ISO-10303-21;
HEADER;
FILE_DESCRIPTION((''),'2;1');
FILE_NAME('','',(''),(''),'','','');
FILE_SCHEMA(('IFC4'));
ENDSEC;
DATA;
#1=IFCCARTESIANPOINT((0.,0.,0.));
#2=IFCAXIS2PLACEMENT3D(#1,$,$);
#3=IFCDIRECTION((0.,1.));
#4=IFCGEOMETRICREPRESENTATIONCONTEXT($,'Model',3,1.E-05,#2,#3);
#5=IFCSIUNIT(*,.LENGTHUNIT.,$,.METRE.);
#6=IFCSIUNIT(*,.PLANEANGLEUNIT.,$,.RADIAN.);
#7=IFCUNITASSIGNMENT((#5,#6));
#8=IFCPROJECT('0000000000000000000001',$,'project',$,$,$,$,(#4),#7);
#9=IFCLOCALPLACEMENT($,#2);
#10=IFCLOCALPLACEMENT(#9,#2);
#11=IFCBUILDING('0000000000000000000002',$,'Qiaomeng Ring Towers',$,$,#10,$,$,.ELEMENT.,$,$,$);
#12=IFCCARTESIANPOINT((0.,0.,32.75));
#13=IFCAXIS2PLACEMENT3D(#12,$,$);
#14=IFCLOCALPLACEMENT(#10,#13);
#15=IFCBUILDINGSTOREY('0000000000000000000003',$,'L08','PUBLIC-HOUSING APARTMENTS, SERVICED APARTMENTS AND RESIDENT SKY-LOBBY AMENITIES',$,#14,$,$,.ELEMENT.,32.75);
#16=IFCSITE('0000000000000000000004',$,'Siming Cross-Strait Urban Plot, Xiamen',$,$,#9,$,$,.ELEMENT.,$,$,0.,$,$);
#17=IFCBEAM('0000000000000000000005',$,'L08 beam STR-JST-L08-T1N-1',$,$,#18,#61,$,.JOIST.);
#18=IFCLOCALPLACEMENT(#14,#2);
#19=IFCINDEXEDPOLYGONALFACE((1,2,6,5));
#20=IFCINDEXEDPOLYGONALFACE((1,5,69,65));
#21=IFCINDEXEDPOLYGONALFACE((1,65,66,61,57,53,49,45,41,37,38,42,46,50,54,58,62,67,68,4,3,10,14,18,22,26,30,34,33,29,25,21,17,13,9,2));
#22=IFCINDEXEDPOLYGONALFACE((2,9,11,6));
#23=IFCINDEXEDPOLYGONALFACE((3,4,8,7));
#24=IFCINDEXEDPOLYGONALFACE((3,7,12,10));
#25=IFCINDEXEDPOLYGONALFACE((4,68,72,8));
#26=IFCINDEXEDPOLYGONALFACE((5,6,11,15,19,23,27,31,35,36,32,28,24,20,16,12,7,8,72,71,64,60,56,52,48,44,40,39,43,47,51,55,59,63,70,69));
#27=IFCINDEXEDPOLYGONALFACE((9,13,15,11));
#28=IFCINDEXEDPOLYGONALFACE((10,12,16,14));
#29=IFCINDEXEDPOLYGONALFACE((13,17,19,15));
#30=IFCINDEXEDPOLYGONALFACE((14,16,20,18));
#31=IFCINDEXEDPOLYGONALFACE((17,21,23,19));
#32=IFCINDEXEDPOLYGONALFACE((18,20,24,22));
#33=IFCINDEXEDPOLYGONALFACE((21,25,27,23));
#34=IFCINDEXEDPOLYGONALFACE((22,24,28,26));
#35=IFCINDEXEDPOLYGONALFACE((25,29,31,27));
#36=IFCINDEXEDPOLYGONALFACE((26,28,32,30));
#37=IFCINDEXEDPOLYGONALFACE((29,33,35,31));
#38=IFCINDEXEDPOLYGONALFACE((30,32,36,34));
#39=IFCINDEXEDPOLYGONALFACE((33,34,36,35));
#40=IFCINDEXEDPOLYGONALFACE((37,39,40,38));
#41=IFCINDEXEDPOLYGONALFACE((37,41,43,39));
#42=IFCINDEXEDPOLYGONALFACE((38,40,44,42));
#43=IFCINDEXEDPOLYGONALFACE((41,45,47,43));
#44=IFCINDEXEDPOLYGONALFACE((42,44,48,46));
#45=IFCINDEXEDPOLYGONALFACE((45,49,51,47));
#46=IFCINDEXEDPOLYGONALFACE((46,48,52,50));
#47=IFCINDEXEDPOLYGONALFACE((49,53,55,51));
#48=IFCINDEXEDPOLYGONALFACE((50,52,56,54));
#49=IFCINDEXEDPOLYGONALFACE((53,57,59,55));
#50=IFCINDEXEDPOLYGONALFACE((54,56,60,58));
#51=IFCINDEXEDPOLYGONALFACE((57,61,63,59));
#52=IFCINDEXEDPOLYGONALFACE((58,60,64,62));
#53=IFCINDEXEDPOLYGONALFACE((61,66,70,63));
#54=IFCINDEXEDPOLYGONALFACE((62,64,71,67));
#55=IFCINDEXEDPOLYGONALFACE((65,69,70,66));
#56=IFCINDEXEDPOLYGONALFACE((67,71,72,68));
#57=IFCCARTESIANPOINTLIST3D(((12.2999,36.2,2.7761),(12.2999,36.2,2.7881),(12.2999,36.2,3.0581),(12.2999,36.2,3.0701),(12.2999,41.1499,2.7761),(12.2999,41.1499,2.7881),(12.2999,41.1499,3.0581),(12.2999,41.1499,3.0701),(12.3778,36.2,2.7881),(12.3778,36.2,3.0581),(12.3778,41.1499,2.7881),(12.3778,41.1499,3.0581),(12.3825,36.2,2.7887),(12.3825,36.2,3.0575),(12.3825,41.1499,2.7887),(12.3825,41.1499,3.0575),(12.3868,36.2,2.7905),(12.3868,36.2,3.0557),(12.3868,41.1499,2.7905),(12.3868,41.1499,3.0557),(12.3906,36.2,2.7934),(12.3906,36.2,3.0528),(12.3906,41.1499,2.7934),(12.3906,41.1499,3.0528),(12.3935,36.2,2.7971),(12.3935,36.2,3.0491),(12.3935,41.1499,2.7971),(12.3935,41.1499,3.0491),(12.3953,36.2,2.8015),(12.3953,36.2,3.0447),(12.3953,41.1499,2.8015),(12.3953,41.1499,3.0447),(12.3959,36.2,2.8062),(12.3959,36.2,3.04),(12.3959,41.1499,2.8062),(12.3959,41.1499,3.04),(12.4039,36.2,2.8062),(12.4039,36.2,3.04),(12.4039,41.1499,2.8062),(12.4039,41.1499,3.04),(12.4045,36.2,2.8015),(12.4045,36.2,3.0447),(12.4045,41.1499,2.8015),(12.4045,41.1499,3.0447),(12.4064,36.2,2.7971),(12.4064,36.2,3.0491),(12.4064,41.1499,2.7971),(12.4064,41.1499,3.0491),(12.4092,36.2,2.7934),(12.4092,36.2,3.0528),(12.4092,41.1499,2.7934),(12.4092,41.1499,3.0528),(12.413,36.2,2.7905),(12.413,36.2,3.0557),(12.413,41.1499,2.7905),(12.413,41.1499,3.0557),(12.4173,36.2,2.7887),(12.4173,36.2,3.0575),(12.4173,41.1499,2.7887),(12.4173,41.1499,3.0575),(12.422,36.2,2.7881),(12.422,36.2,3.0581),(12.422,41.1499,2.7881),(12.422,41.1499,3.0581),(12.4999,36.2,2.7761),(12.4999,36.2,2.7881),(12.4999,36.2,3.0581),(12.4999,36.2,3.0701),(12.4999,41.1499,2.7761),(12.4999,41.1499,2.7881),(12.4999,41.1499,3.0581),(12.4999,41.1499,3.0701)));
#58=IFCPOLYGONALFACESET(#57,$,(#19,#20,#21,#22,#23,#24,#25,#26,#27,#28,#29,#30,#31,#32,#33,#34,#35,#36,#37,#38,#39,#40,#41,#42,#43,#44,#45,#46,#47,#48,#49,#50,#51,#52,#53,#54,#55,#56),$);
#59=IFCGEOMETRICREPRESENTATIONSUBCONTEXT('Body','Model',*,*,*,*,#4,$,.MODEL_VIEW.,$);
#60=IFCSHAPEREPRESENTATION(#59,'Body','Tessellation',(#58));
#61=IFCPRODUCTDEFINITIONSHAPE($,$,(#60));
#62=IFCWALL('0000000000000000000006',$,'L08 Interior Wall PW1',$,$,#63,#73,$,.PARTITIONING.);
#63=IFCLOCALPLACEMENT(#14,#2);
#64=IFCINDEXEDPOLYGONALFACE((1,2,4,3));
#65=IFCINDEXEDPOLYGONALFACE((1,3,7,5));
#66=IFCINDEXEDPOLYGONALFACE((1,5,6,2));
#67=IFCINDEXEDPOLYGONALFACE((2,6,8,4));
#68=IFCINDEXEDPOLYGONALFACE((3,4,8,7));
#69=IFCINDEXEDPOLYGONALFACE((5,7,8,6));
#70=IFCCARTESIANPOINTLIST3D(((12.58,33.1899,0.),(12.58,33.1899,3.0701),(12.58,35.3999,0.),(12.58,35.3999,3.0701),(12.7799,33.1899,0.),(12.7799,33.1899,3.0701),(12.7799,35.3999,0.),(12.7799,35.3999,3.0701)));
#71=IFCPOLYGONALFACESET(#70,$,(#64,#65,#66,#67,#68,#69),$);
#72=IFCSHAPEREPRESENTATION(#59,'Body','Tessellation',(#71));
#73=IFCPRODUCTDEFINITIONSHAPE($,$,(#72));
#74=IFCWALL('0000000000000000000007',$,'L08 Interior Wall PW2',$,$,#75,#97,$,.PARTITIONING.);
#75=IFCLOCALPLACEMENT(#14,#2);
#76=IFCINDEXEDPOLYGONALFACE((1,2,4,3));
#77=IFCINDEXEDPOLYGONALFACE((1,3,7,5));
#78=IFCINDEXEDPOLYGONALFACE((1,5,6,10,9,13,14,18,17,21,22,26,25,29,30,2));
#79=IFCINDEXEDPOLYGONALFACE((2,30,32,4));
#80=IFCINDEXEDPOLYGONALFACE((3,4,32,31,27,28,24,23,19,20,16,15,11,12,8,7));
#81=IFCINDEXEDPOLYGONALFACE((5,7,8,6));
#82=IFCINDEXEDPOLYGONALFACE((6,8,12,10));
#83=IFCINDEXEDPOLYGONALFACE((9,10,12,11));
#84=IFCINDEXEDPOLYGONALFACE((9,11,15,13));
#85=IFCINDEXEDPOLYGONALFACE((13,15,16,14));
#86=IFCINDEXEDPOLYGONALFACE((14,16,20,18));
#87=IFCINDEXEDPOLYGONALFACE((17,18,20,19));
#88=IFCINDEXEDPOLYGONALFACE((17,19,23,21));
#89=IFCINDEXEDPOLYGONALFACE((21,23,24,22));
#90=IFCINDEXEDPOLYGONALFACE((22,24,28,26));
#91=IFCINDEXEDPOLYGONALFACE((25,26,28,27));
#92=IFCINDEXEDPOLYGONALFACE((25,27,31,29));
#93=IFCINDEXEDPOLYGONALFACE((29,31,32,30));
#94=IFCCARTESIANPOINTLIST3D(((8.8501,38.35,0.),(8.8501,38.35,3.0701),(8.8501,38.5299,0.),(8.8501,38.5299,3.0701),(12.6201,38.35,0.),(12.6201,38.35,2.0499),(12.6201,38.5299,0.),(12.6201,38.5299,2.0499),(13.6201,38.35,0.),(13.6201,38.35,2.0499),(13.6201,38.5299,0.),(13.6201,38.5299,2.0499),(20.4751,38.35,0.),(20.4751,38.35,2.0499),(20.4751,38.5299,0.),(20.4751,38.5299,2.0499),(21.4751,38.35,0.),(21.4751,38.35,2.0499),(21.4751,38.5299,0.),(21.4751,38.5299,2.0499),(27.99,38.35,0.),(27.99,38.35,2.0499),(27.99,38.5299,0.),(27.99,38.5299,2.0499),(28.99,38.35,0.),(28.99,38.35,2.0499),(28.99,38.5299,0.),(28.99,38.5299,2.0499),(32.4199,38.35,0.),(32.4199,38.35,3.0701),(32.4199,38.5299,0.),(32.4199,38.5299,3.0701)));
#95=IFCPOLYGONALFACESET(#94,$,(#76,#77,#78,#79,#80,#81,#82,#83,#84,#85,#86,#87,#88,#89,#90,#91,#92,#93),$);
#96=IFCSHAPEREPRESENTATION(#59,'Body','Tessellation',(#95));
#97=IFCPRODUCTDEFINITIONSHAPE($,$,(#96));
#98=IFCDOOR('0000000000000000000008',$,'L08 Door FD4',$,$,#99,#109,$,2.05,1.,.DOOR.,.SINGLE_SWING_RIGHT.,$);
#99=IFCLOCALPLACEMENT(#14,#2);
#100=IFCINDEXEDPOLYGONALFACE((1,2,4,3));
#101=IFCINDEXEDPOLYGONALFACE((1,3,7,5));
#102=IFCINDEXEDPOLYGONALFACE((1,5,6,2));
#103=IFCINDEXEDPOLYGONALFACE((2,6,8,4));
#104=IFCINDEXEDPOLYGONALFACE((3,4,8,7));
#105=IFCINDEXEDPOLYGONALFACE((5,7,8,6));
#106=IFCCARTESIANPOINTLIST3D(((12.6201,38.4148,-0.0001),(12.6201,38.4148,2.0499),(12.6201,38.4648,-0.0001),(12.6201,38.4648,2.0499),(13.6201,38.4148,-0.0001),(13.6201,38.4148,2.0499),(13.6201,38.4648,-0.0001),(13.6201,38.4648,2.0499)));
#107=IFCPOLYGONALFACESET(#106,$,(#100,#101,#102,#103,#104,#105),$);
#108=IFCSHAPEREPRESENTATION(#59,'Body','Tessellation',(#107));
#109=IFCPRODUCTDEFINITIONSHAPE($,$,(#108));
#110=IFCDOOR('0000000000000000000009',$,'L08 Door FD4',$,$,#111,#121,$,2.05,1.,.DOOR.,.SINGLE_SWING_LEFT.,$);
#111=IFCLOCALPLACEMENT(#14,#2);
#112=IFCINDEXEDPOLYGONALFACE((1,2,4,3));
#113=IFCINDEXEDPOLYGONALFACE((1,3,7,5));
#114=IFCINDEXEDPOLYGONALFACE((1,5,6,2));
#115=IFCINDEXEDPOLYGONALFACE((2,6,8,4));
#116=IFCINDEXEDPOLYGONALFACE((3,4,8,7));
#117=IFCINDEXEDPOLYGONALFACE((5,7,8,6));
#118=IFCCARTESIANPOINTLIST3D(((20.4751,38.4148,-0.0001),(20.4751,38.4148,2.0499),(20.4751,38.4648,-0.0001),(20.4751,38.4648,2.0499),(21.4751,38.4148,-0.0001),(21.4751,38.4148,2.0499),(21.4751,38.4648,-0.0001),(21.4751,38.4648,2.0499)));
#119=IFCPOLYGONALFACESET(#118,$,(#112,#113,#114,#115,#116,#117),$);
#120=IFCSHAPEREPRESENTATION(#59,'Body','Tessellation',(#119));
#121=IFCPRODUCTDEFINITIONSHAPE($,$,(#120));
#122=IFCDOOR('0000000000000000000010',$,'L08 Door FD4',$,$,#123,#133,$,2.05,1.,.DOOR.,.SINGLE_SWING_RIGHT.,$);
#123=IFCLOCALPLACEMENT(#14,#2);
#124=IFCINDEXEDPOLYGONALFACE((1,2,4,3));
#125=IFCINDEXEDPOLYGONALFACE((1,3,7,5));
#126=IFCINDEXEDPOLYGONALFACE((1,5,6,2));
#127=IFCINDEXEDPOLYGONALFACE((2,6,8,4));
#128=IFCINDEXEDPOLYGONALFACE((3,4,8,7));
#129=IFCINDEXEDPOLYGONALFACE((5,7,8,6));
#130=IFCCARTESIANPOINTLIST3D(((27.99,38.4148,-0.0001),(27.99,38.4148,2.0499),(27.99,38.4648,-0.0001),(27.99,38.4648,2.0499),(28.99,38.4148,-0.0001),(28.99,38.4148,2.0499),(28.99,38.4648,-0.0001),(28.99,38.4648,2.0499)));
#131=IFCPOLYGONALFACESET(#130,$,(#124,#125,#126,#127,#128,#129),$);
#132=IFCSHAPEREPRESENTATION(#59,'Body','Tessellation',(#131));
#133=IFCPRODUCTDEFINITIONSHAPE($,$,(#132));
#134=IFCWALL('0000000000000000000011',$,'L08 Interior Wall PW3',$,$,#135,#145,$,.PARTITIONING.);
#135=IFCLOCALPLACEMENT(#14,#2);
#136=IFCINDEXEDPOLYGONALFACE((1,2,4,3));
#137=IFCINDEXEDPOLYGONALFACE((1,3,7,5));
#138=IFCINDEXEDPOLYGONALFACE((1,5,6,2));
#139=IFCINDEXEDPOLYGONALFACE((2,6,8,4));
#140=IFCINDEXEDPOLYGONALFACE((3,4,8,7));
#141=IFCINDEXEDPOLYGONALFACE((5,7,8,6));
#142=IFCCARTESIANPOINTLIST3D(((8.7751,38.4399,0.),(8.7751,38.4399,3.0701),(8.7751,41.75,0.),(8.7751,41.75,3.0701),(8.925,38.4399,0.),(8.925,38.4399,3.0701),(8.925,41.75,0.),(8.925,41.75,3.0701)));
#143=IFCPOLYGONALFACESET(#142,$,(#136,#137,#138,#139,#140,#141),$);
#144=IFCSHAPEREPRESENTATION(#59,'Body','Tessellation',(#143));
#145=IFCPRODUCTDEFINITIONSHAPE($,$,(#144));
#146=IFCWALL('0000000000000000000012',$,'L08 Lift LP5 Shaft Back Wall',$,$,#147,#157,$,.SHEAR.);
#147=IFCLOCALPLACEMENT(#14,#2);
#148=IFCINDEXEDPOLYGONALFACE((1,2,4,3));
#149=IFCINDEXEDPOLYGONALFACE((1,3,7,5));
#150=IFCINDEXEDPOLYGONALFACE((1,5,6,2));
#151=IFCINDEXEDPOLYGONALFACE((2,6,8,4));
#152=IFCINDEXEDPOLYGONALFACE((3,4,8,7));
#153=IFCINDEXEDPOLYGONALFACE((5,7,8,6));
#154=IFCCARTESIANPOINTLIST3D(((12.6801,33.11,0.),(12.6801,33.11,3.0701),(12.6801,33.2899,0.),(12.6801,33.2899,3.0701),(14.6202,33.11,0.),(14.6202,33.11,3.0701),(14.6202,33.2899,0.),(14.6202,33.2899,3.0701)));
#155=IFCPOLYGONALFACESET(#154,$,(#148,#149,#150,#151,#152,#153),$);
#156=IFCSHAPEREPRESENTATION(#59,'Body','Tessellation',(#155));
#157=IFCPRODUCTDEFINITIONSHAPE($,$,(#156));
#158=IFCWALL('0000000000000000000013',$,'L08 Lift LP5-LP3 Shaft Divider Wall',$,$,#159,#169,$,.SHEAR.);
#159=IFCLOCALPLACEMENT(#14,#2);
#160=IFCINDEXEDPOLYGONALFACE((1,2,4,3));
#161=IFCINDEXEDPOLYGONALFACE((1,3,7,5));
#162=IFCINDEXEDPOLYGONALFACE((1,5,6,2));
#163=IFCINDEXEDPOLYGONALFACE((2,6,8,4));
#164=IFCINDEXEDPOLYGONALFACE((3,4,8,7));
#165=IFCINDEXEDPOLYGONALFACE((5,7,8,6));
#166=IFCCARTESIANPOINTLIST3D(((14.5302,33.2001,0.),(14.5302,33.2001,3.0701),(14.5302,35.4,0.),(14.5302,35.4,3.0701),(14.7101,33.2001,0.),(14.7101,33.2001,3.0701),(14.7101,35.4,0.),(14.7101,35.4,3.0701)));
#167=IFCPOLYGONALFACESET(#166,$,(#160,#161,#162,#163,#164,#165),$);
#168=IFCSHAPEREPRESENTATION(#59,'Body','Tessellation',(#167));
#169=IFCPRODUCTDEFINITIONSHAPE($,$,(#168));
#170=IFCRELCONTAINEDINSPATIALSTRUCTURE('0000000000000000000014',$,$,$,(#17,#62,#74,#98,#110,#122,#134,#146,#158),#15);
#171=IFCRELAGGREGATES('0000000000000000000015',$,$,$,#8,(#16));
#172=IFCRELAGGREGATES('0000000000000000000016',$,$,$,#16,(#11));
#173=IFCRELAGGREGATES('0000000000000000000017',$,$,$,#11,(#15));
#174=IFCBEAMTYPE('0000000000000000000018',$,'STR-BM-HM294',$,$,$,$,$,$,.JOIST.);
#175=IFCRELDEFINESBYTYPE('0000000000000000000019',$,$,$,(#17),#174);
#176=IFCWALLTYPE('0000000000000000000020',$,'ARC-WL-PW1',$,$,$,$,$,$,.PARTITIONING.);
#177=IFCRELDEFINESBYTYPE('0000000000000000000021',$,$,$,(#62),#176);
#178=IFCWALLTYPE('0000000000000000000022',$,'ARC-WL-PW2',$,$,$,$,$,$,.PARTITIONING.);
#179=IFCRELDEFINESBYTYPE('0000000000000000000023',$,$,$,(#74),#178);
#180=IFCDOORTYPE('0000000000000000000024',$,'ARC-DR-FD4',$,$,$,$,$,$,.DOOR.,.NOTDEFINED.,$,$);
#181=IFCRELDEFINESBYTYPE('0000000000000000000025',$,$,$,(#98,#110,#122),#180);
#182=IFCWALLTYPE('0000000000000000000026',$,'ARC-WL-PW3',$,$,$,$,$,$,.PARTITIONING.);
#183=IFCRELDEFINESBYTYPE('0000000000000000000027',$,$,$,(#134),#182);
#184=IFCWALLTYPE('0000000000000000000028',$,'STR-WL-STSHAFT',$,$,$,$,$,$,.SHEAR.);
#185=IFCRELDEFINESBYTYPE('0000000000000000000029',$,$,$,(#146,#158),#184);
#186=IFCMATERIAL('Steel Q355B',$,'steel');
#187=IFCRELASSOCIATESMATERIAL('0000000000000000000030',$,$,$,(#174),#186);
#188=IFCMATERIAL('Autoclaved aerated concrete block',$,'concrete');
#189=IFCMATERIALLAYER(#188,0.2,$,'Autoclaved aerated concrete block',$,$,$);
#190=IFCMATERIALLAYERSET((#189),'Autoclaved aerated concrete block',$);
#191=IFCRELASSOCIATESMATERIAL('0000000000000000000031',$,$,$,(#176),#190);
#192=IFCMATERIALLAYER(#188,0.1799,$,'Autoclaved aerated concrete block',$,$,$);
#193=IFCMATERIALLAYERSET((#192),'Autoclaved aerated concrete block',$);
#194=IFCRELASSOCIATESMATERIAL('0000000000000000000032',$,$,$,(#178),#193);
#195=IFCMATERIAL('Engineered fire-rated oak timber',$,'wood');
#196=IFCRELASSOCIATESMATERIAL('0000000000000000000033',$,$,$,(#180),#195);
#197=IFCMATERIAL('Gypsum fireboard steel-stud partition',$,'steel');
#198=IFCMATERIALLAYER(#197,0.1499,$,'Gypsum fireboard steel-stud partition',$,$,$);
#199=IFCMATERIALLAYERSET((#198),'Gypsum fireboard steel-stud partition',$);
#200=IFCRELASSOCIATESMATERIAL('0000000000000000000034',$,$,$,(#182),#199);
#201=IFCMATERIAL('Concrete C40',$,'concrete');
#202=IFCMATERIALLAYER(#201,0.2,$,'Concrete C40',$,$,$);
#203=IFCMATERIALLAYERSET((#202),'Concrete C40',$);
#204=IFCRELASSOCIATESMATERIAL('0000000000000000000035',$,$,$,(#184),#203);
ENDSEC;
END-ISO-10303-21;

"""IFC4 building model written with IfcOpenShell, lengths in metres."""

from ifc_helpers import new_model, si_unit, direction, frame, frame_2d, origin, origin_2d, place, context, subcontext, project, spatial, rectangle, i_section, extrude, source, transform, mapped, material, layer, layer_set, material_profile, profile_set, type_object, element, fill, save


model = new_model("IFC4")

# Units and contexts
model_context = context("Model", 3, precision=1e-05, world=origin(), true_north=direction((0.0, 1.0)))
body_context = subcontext(model_context, "Body", "Model", "MODEL_VIEW")
ifc_project = project(units=[si_unit("LENGTHUNIT", "METRE"), si_unit("PLANEANGLEUNIT", "RADIAN")], contexts=[model_context])

# Site, building, storey
site_placement = place(None, origin())
site = spatial("IfcSite", under=ifc_project, at=site_placement, Name="Siming Cross-Strait Urban Plot, Xiamen", CompositionType="ELEMENT", RefElevation=0.0)
building_placement = place(site_placement, origin())
building = spatial("IfcBuilding", under=site, at=building_placement, Name="Qiaomeng Ring Towers", CompositionType="ELEMENT")
storey_placement = place(building_placement, frame((0.0, 0.0, 32.75)))
storey = spatial("IfcBuildingStorey", under=building, at=storey_placement, Name="L08", Description="PUBLIC-HOUSING APARTMENTS, SERVICED APARTMENTS AND RESIDENT SKY-LOBBY AMENITIES", CompositionType="ELEMENT", Elevation=32.75)

# Beam
ifc_material_1 = material(Name="Steel Q355B", Category="steel")
ifc_material_profile = material_profile(ifc_material_1, i_section(OverallWidth=0.2, OverallDepth=0.2939, WebThickness=0.0081, FlangeThickness=0.012, FilletRadius=0.0181, at=origin_2d()), Name="HM 294x200x8x12")
ifc_profile_set = profile_set([ifc_material_profile], Name="Steel Q355B")
beam_type = type_object("IfcBeamType", Name="STR-BM-HM294", PredefinedType="JOIST", material=ifc_profile_set)
shared_shape_1 = source(origin(), body_context, "Body", "SweptSolid", [
    extrude(i_section(OverallWidth=0.2, OverallDepth=0.2939, WebThickness=0.0081, FlangeThickness=0.012, FilletRadius=0.0181, at=origin_2d()), origin(), (0.0, 0.0, 1.0), 4.95),
])
beam_placement = place(storey_placement, frame((12.3999, 36.2, 2.9231), z_axis=(0.0, 1.0, 0.0), x_axis=(-1.0, 0.0, 0.0)))
element("IfcBeam", 1, at=beam_placement, inside=storey, type_object=beam_type, Name="L08 beam STR-JST-L08-T1N-1", PredefinedType="JOIST", context=body_context, shape_type="MappedRepresentation", body=[
    mapped(shared_shape_1, transform((0.0, 0.0, 0.0), x_axis=(1.0, 0.0, 0.0), y_axis=(0.0, 1.0, 0.0), z_axis=(0.0, 0.0, 1.0), scale=1.0)),
])

# Wall
ifc_material_2 = material(Name="Autoclaved aerated concrete block", Category="concrete")
ifc_layer_1 = layer(ifc_material_2, 0.2, Name="Autoclaved aerated concrete block")
ifc_layer_set_1 = layer_set([ifc_layer_1], Name="Autoclaved aerated concrete block")
wall_type_1 = type_object("IfcWallType", Name="ARC-WL-PW1", PredefinedType="PARTITIONING", material=ifc_layer_set_1)
wall_1_placement = place(storey_placement, frame((12.6799, 33.1899, 0.0), z_axis=(0.0, 0.0, 1.0), x_axis=(0.0, 1.0, 0.0)))
element("IfcWall", 2, at=wall_1_placement, inside=storey, type_object=wall_type_1, Name="L08 Interior Wall PW1", PredefinedType="PARTITIONING", context=body_context, shape_type="SweptSolid", body=[
    extrude(rectangle(XDim=2.21, YDim=0.2, at=frame_2d((1.105, 0.0))), origin(), (0.0, 0.0, 1.0), 3.0701),
])

# Wall, openings, doors
ifc_layer_2 = layer(ifc_material_2, 0.1799, Name="Autoclaved aerated concrete block")
ifc_layer_set_2 = layer_set([ifc_layer_2], Name="Autoclaved aerated concrete block")
wall_type_2 = type_object("IfcWallType", Name="ARC-WL-PW2", PredefinedType="PARTITIONING", material=ifc_layer_set_2)
wall_2_placement = place(storey_placement, frame((8.8501, 38.4399, 0.0), z_axis=(0.0, 0.0, 1.0), x_axis=(1.0, 0.0, 0.0)))
wall_2 = element("IfcWall", 3, at=wall_2_placement, inside=storey, type_object=wall_type_2, Name="L08 Interior Wall PW2", PredefinedType="PARTITIONING", context=body_context, shape_type="SweptSolid", body=[
    extrude(rectangle(XDim=23.5698, YDim=0.1799, at=frame_2d((11.7849, 0.0))), origin(), (0.0, 0.0, 1.0), 3.0701),
])
opening_1_placement = place(wall_2_placement, frame((3.77, 0.0, 0.0)))
opening_1 = element("IfcOpeningElement", 4, at=opening_1_placement, cuts=wall_2, PredefinedType="OPENING", context=body_context, shape_type="SweptSolid", body=[
    extrude(rectangle(XDim=1.0, YDim=2.05, at=frame_2d((0.5, 1.0249))), frame((0.0, 0.0999, 0.0), z_axis=(0.0, -1.0, 0.0), x_axis=(1.0, 0.0, 0.0)), (0.0, 0.0, 1.0), 0.2),
])
opening_2_placement = place(wall_2_placement, frame((11.625, 0.0, 0.0)))
opening_2 = element("IfcOpeningElement", 5, at=opening_2_placement, cuts=wall_2, PredefinedType="OPENING", context=body_context, shape_type="SweptSolid", body=[
    extrude(rectangle(XDim=1.0, YDim=2.05, at=frame_2d((0.5, 1.0249))), frame((0.0, 0.0999, 0.0), z_axis=(0.0, -1.0, 0.0), x_axis=(1.0, 0.0, 0.0)), (0.0, 0.0, 1.0), 0.2),
])
opening_3_placement = place(wall_2_placement, frame((19.1399, 0.0, 0.0)))
opening_3 = element("IfcOpeningElement", 6, at=opening_3_placement, cuts=wall_2, PredefinedType="OPENING", context=body_context, shape_type="SweptSolid", body=[
    extrude(rectangle(XDim=1.0, YDim=2.05, at=frame_2d((0.5, 1.0249))), frame((0.0, 0.0999, 0.0), z_axis=(0.0, -1.0, 0.0), x_axis=(1.0, 0.0, 0.0)), (0.0, 0.0, 1.0), 0.2),
])
ifc_material_3 = material(Name="Engineered fire-rated oak timber", Category="wood")
door_type_1 = type_object("IfcDoorType", Name="ARC-DR-FD4", OperationType="NOTDEFINED", PredefinedType="DOOR", material=ifc_material_3)
shared_shape_2 = source(origin(), body_context, "Body", "SweptSolid", [
    extrude(rectangle(XDim=1.0, YDim=2.05, at=frame_2d((0.5, 1.0249))), frame((0.0, 0.0249, 0.0), z_axis=(0.0, -1.0, 0.0), x_axis=(1.0, 0.0, 0.0)), (0.0, 0.0, 1.0), 0.05),
])
door_1_placement = place(opening_1_placement, origin())
door_1 = element("IfcDoor", 7, at=door_1_placement, inside=storey, type_object=door_type_1, Name="L08 Door FD4", OperationType="SINGLE_SWING_RIGHT", OverallHeight=2.05, OverallWidth=1.0, PredefinedType="DOOR", context=body_context, shape_type="MappedRepresentation", body=[
    mapped(shared_shape_2, transform((0.0, 0.0, 0.0), x_axis=(1.0, 0.0, 0.0), y_axis=(0.0, 1.0, 0.0), z_axis=(0.0, 0.0, 1.0), scale=1.0)),
])
fill(opening_1, door_1)
door_2_placement = place(opening_2_placement, origin())
door_2 = element("IfcDoor", 8, at=door_2_placement, inside=storey, type_object=door_type_1, Name="L08 Door FD4", OperationType="SINGLE_SWING_LEFT", OverallHeight=2.05, OverallWidth=1.0, PredefinedType="DOOR", context=body_context, shape_type="MappedRepresentation", body=[
    mapped(shared_shape_2, transform((0.0, 0.0, 0.0), x_axis=(1.0, 0.0, 0.0), y_axis=(0.0, 1.0, 0.0), z_axis=(0.0, 0.0, 1.0), scale=1.0)),
])
fill(opening_2, door_2)
door_3_placement = place(opening_3_placement, origin())
door_3 = element("IfcDoor", 9, at=door_3_placement, inside=storey, type_object=door_type_1, Name="L08 Door FD4", OperationType="SINGLE_SWING_RIGHT", OverallHeight=2.05, OverallWidth=1.0, PredefinedType="DOOR", context=body_context, shape_type="MappedRepresentation", body=[
    mapped(shared_shape_2, transform((0.0, 0.0, 0.0), x_axis=(1.0, 0.0, 0.0), y_axis=(0.0, 1.0, 0.0), z_axis=(0.0, 0.0, 1.0), scale=1.0)),
])
fill(opening_3, door_3)

# Walls
ifc_material_4 = material(Name="Gypsum fireboard steel-stud partition", Category="steel")
ifc_layer_3 = layer(ifc_material_4, 0.1499, Name="Gypsum fireboard steel-stud partition")
ifc_layer_set_3 = layer_set([ifc_layer_3], Name="Gypsum fireboard steel-stud partition")
wall_type_3 = type_object("IfcWallType", Name="ARC-WL-PW3", PredefinedType="PARTITIONING", material=ifc_layer_set_3)
wall_3_placement = place(storey_placement, frame((8.8501, 38.4399, 0.0), z_axis=(0.0, 0.0, 1.0), x_axis=(0.0, 1.0, 0.0)))
element("IfcWall", 10, at=wall_3_placement, inside=storey, type_object=wall_type_3, Name="L08 Interior Wall PW3", PredefinedType="PARTITIONING", context=body_context, shape_type="SweptSolid", body=[
    extrude(rectangle(XDim=3.3101, YDim=0.1499, at=frame_2d((1.655, 0.0))), origin(), (0.0, 0.0, 1.0), 3.0701),
])
ifc_material_5 = material(Name="Concrete C40", Category="concrete")
ifc_layer_4 = layer(ifc_material_5, 0.2, Name="Concrete C40")
ifc_layer_set_4 = layer_set([ifc_layer_4], Name="Concrete C40")
wall_type_4 = type_object("IfcWallType", Name="STR-WL-STSHAFT", PredefinedType="SHEAR", material=ifc_layer_set_4)
wall_4_placement = place(storey_placement, frame((12.6799, 33.2, 0.0), z_axis=(0.0, 0.0, 1.0), x_axis=(1.0, 0.0, 0.0)))
element("IfcWall", 11, at=wall_4_placement, inside=storey, type_object=wall_type_4, Name="L08 Lift LP5 Shaft Back Wall", PredefinedType="SHEAR", context=body_context, shape_type="SweptSolid", body=[
    extrude(rectangle(XDim=1.9402, YDim=0.1799, at=frame_2d((0.9702, 0.0))), origin(), (0.0, 0.0, 1.0), 3.0701),
])
wall_5_placement = place(storey_placement, frame((14.6201, 33.2, 0.0), z_axis=(0.0, 0.0, 1.0), x_axis=(0.0, 1.0, 0.0)))
element("IfcWall", 12, at=wall_5_placement, inside=storey, type_object=wall_type_4, Name="L08 Lift LP5-LP3 Shaft Divider Wall", PredefinedType="SHEAR", context=body_context, shape_type="SweptSolid", body=[
    extrude(rectangle(XDim=2.2, YDim=0.1799, at=frame_2d((1.1001, 0.0))), origin(), (0.0, 0.0, 1.0), 3.0701),
])

save(model, "model.ifc")
